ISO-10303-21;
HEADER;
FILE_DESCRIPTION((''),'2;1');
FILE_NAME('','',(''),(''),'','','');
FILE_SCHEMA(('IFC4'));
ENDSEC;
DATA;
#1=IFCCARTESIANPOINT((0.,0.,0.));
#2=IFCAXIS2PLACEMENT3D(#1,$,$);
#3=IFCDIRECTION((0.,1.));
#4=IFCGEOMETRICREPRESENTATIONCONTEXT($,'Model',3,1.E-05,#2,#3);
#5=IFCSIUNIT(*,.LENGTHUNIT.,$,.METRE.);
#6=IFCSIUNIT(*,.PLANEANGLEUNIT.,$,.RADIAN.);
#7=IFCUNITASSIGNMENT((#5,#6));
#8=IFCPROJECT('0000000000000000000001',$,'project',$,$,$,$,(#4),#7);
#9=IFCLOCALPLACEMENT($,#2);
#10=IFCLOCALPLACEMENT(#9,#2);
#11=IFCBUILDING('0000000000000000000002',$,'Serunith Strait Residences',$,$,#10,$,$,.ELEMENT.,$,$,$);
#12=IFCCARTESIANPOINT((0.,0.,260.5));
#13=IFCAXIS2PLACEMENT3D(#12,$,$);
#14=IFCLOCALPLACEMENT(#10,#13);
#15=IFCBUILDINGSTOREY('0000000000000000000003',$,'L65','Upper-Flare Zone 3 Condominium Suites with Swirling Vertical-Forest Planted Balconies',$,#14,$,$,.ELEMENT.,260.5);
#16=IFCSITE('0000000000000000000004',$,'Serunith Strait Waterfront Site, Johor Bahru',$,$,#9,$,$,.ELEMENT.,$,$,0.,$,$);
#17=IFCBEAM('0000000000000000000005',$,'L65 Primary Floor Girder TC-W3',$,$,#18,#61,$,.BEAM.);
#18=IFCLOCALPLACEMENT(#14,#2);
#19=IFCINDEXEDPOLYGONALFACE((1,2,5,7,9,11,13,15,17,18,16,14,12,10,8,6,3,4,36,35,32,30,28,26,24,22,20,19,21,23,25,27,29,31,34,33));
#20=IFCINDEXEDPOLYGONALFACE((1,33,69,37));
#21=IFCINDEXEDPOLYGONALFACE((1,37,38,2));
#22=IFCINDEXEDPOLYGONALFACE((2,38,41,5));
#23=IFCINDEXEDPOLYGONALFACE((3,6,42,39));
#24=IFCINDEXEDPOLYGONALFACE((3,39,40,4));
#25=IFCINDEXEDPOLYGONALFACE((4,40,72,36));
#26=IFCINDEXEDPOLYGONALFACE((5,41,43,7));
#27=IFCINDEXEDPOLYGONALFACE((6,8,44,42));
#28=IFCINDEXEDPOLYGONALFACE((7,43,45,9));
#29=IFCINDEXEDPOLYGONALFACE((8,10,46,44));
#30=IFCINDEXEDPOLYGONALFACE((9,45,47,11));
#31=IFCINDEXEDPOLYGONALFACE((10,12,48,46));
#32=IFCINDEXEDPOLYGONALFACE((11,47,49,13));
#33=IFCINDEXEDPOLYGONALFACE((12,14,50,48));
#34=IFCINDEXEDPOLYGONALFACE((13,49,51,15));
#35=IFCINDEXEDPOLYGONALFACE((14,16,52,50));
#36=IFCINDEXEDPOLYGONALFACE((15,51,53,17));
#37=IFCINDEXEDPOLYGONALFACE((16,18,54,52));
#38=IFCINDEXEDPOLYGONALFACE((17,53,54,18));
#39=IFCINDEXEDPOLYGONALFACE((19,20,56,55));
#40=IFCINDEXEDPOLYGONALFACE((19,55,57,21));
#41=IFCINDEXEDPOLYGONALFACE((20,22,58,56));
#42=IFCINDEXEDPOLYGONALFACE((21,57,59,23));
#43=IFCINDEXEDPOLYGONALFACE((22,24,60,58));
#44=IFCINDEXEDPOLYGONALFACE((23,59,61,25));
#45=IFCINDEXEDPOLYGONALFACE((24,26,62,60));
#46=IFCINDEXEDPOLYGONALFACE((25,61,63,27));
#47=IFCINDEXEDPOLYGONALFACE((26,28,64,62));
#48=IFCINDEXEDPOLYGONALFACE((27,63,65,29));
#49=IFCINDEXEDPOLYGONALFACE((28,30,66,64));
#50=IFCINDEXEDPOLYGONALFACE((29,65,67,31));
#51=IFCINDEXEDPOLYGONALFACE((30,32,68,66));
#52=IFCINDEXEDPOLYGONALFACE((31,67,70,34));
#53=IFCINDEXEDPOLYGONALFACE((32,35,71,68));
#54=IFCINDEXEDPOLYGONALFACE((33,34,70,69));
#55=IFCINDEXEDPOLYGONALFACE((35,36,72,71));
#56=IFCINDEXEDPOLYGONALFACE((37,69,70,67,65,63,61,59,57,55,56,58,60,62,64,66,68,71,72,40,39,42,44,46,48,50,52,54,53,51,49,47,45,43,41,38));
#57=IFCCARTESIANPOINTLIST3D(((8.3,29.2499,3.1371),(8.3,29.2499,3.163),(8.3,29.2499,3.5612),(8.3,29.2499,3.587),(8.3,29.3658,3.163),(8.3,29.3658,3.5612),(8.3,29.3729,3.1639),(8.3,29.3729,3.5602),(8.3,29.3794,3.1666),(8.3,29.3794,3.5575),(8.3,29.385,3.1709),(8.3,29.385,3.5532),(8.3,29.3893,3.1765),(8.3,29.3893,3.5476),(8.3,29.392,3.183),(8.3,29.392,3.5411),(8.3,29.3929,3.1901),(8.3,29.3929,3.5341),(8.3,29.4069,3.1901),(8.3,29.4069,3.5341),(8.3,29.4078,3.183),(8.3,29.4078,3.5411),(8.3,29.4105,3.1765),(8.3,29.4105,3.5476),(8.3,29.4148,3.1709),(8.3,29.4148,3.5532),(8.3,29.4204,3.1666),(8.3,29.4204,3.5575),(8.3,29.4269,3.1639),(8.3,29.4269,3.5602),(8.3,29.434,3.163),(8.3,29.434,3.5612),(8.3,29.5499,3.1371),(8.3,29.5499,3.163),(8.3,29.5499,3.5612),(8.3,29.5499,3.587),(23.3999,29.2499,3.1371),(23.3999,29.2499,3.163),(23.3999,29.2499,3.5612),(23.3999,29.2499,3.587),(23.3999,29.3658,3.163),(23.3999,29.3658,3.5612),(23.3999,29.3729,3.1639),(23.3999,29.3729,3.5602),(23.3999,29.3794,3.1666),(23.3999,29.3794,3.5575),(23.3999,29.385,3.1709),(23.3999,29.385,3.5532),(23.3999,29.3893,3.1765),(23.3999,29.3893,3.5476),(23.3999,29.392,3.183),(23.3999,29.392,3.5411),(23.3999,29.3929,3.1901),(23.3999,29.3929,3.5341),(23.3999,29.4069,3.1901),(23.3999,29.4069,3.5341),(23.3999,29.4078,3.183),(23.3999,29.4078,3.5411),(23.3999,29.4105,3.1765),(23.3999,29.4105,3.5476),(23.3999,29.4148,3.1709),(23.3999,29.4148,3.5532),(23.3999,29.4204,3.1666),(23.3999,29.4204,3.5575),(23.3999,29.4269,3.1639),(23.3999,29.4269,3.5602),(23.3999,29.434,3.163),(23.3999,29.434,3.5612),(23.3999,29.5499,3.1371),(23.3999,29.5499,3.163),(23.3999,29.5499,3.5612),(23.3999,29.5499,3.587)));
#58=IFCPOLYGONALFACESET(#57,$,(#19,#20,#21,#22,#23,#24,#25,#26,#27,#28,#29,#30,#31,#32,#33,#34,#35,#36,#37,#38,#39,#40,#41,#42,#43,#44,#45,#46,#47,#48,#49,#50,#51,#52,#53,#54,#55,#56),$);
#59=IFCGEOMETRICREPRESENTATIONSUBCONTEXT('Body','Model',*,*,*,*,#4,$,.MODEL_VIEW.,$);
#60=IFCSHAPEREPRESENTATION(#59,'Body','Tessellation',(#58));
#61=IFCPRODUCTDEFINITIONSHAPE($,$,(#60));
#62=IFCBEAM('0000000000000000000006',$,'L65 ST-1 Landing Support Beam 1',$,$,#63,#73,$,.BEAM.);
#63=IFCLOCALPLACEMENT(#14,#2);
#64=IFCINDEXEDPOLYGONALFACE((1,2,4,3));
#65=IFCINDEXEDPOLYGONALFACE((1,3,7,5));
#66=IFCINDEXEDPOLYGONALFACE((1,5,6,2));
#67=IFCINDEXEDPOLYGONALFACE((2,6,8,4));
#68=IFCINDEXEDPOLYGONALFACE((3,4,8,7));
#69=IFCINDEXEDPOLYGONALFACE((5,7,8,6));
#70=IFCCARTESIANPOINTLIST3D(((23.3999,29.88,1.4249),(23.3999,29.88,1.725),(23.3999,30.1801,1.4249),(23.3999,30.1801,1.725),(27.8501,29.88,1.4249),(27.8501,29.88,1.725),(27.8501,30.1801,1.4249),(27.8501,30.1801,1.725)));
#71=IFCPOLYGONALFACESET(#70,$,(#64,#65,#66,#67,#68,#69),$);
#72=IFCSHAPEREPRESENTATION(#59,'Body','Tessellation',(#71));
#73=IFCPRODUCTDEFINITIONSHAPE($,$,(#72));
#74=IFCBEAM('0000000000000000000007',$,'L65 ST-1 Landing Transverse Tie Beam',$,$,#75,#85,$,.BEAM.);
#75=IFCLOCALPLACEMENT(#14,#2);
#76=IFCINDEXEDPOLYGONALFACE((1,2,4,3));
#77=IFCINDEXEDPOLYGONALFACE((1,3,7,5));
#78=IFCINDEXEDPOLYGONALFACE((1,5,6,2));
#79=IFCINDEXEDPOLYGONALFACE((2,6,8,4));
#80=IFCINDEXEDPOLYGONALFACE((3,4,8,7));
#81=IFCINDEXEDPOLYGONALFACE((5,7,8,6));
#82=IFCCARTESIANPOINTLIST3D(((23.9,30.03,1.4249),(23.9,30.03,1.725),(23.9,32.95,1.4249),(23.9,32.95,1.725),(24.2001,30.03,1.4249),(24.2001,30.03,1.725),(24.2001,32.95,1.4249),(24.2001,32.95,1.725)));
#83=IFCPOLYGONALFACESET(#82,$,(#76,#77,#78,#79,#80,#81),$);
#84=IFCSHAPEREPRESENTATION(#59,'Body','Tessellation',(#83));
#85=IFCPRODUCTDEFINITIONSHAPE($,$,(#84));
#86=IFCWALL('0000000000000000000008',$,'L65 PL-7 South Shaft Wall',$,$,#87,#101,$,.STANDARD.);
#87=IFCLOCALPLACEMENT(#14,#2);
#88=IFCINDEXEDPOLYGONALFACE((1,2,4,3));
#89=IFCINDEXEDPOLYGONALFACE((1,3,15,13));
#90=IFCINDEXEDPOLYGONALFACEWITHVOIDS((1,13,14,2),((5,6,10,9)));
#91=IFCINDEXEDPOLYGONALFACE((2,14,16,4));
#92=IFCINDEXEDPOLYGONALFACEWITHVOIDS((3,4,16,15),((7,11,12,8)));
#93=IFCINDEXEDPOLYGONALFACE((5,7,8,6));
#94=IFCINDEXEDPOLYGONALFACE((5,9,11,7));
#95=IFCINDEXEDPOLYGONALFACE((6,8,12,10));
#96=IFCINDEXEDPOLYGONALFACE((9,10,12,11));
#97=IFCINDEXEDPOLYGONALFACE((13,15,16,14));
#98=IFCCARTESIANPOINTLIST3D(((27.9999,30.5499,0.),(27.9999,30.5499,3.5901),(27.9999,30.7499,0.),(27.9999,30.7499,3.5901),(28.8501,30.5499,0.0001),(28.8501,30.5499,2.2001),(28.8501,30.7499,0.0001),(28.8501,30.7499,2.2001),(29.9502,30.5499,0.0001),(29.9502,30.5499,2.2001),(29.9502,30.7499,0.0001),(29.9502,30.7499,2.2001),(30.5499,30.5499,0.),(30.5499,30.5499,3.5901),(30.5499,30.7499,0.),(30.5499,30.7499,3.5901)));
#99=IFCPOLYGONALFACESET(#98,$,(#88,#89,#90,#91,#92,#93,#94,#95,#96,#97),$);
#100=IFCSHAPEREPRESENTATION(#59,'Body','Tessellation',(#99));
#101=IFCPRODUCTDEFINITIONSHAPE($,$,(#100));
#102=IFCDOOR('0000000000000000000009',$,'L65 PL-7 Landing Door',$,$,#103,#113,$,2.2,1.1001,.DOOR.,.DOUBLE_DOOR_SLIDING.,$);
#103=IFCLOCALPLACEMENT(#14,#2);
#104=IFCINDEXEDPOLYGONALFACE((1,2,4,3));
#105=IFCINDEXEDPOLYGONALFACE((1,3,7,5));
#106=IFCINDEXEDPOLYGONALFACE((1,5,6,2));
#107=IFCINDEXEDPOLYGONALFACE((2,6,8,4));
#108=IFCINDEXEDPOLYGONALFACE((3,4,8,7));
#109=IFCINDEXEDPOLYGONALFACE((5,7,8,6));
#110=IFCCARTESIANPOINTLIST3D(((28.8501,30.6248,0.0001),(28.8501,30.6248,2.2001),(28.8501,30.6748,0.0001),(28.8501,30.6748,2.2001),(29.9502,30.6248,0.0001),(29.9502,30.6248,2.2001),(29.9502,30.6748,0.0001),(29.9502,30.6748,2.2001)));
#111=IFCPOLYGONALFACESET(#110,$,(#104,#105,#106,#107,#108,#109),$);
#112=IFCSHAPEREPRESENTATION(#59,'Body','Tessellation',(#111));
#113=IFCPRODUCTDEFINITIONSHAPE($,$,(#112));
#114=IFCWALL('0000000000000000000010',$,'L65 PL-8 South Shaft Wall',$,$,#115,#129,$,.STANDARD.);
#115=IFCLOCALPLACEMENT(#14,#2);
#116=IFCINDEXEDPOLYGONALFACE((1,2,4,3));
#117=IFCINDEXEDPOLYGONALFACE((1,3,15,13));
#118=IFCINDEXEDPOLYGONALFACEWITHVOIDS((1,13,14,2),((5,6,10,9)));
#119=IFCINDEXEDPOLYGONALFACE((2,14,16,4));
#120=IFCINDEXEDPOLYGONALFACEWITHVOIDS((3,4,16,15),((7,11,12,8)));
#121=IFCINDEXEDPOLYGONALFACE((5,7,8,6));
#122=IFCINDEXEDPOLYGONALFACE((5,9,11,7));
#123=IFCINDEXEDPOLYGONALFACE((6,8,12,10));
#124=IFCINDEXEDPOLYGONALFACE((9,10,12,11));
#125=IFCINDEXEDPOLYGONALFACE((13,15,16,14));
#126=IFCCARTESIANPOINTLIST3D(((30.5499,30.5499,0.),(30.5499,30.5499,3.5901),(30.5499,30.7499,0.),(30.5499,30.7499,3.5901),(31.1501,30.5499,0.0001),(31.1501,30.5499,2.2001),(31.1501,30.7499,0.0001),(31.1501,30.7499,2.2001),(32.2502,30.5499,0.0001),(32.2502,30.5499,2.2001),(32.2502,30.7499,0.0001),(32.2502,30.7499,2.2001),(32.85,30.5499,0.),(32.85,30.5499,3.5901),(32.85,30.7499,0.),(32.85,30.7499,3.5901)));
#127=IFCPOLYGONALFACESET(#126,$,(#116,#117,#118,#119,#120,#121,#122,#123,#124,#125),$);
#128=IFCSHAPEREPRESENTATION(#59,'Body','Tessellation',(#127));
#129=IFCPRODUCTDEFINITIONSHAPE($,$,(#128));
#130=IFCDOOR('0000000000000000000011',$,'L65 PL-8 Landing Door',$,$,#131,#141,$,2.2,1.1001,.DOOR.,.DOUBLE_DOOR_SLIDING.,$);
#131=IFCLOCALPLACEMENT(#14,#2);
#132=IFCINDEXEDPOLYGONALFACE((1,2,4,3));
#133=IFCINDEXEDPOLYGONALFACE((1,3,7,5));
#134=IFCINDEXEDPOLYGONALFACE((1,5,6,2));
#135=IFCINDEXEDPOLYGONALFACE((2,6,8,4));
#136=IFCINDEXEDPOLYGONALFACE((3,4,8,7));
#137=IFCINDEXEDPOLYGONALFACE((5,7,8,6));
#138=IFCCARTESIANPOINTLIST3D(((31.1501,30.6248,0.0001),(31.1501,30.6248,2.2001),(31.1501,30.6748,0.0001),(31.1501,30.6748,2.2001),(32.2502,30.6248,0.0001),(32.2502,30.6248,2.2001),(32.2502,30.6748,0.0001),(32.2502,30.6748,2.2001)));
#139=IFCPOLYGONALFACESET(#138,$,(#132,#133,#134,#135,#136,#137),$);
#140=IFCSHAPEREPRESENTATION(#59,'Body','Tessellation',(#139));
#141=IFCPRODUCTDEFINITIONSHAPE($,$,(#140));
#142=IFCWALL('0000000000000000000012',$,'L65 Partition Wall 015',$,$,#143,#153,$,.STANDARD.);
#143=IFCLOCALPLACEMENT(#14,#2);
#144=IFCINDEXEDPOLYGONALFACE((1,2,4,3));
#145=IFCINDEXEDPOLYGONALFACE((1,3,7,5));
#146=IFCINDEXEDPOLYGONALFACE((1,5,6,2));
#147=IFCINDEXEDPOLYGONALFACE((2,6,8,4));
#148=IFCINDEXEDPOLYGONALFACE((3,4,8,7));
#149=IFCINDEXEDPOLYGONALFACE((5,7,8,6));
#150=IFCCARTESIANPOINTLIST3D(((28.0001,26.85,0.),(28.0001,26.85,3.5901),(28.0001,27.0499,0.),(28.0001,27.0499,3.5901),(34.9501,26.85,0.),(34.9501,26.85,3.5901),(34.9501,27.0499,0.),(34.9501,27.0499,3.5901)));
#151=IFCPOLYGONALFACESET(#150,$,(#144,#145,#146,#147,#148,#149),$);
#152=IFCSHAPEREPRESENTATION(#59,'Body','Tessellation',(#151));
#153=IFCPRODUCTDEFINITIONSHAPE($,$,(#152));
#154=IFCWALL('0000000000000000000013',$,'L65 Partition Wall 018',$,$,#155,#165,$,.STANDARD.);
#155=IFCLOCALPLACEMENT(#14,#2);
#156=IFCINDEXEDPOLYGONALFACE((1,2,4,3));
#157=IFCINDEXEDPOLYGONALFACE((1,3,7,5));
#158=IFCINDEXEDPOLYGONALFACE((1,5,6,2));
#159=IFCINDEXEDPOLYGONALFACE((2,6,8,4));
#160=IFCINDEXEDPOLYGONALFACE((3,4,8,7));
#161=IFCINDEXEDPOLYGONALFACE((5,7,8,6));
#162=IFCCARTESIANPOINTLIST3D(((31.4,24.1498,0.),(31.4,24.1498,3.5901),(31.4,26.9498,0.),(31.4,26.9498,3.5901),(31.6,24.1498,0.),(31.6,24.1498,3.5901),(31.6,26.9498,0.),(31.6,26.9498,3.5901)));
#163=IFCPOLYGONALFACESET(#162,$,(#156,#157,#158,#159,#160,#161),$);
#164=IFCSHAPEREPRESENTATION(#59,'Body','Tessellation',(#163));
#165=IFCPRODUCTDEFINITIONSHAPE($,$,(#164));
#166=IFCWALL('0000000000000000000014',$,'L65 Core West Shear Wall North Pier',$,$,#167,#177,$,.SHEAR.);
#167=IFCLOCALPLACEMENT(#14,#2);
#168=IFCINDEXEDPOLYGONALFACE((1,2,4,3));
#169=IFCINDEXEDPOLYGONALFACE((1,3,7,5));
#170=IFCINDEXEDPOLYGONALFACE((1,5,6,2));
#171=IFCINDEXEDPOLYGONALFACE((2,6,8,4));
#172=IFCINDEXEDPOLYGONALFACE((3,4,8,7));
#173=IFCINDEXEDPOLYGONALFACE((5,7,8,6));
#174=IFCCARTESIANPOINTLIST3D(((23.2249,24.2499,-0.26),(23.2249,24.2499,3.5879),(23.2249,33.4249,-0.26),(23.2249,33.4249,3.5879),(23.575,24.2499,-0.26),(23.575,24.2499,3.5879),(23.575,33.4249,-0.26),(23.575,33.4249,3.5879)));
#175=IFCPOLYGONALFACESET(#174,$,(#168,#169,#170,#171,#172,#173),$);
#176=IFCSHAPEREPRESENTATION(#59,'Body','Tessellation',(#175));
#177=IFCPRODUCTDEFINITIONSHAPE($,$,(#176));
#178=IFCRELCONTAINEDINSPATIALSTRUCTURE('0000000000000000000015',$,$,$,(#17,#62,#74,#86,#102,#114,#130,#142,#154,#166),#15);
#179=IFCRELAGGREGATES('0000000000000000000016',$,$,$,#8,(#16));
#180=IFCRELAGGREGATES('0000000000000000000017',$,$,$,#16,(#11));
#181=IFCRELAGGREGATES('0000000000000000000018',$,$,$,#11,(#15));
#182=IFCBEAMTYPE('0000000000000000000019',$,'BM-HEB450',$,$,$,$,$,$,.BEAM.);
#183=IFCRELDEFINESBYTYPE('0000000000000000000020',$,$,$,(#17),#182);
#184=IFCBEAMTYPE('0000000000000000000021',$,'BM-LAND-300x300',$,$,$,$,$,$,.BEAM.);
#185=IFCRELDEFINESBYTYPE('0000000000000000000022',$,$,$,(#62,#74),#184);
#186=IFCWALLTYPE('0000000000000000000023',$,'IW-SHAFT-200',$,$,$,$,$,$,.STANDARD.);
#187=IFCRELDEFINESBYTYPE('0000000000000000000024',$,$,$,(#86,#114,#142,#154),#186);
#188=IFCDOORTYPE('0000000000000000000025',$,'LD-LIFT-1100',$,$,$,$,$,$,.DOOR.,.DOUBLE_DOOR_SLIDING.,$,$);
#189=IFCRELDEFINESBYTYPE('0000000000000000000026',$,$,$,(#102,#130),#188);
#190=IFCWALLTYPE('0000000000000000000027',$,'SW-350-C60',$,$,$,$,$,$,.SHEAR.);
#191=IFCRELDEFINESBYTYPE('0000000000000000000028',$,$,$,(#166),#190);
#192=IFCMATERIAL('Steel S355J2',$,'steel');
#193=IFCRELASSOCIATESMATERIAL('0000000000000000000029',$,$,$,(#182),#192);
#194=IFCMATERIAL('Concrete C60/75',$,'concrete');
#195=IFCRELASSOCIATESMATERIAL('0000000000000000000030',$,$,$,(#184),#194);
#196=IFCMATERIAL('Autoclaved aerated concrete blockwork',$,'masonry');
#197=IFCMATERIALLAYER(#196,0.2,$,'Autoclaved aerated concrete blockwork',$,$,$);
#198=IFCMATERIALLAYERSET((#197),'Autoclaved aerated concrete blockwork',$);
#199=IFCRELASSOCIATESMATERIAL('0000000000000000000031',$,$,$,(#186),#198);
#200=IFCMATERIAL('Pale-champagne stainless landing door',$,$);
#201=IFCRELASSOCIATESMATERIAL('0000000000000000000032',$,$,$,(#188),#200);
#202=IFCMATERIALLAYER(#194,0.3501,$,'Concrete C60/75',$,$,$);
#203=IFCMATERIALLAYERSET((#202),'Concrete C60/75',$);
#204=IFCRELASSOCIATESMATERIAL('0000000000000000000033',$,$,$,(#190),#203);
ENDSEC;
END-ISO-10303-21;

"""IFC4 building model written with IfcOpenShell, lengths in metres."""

from ifc_helpers import new_model, si_unit, direction, frame, frame_2d, origin, origin_2d, place, context, subcontext, project, spatial, rectangle, i_section, extrude, source, transform, mapped, material, layer, layer_set, material_profile, profile_set, type_object, element, fill, save


model = new_model("IFC4")

# Units and contexts
model_context = context("Model", 3, precision=1e-05, world=origin(), true_north=direction((0.0, 1.0)))
body_context = subcontext(model_context, "Body", "Model", "MODEL_VIEW")
ifc_project = project(units=[si_unit("LENGTHUNIT", "METRE"), si_unit("PLANEANGLEUNIT", "RADIAN")], contexts=[model_context])

# Site, building, storey
site_placement = place(None, origin())
site = spatial("IfcSite", under=ifc_project, at=site_placement, Name="Serunith Strait Waterfront Site, Johor Bahru", CompositionType="ELEMENT", RefElevation=0.0)
building_placement = place(site_placement, origin())
building = spatial("IfcBuilding", under=site, at=building_placement, Name="Serunith Strait Residences", CompositionType="ELEMENT")
storey_placement = place(building_placement, frame((0.0, 0.0, 260.5)))
storey = spatial("IfcBuildingStorey", under=building, at=storey_placement, Name="L65", Description="Upper-Flare Zone 3 Condominium Suites with Swirling Vertical-Forest Planted Balconies", CompositionType="ELEMENT", Elevation=260.5)

# Beams
ifc_material_1 = material(Name="Steel S355J2", Category="steel")
ifc_material_profile_1 = material_profile(ifc_material_1, i_section(OverallWidth=0.3, OverallDepth=0.45, WebThickness=0.0139, FlangeThickness=0.0259, FilletRadius=0.0271, at=origin_2d()), Name="HEB 450")
ifc_profile_set_1 = profile_set([ifc_material_profile_1], Name="Steel S355J2")
beam_type_1 = type_object("IfcBeamType", Name="BM-HEB450", PredefinedType="BEAM", material=ifc_profile_set_1)
shared_shape_1 = source(origin(), body_context, "Body", "SweptSolid", [
    extrude(i_section(OverallWidth=0.3, OverallDepth=0.45, WebThickness=0.0139, FlangeThickness=0.0259, FilletRadius=0.0271, at=origin_2d()), origin(), (0.0, 0.0, 1.0), 15.0999),
])
beam_1_placement = place(storey_placement, frame((23.3999, 29.3999, 3.3621), z_axis=(-1.0, 0.0, 0.0), x_axis=(0.0, -1.0, 0.0)))
element("IfcBeam", 1, at=beam_1_placement, inside=storey, type_object=beam_type_1, Name="L65 Primary Floor Girder TC-W3", PredefinedType="BEAM", context=body_context, shape_type="MappedRepresentation", body=[
    mapped(shared_shape_1, transform((0.0, 0.0, 0.0), scale=1.0)),
])
ifc_material_2 = material(Name="Concrete C60/75", Category="concrete")
ifc_material_profile_2 = material_profile(ifc_material_2, rectangle(XDim=0.3, YDim=0.3, at=origin_2d()), Name="RC 300x300")
ifc_profile_set_2 = profile_set([ifc_material_profile_2], Name="Concrete C60/75")
beam_type_2 = type_object("IfcBeamType", Name="BM-LAND-300x300", PredefinedType="BEAM", material=ifc_profile_set_2)
shared_shape_2 = source(origin(), body_context, "Body", "SweptSolid", [
    extrude(rectangle(XDim=0.3, YDim=0.3, at=origin_2d()), origin(), (0.0, 0.0, 1.0), 4.4502),
])
beam_2_placement = place(storey_placement, frame((23.3999, 30.03, 1.575), z_axis=(1.0, 0.0, 0.0), x_axis=(0.0, 1.0, 0.0)))
element("IfcBeam", 2, at=beam_2_placement, inside=storey, type_object=beam_type_2, Name="L65 ST-1 Landing Support Beam 1", PredefinedType="BEAM", context=body_context, shape_type="MappedRepresentation", body=[
    mapped(shared_shape_2, transform((0.0, 0.0, 0.0), scale=1.0)),
])
shared_shape_3 = source(origin(), body_context, "Body", "SweptSolid", [
    extrude(rectangle(XDim=0.3, YDim=0.3, at=origin_2d()), origin(), (0.0, 0.0, 1.0), 2.9199),
])
beam_3_placement = place(storey_placement, frame((24.05, 30.03, 1.575), z_axis=(0.0, 1.0, 0.0), x_axis=(-1.0, 0.0, 0.0)))
element("IfcBeam", 3, at=beam_3_placement, inside=storey, type_object=beam_type_2, Name="L65 ST-1 Landing Transverse Tie Beam", PredefinedType="BEAM", context=body_context, shape_type="MappedRepresentation", body=[
    mapped(shared_shape_3, transform((0.0, 0.0, 0.0), scale=1.0)),
])

# Walls, openings, doors
ifc_material_3 = material(Name="Autoclaved aerated concrete blockwork", Category="masonry")
ifc_layer_1 = layer(ifc_material_3, 0.2, Name="Autoclaved aerated concrete blockwork")
ifc_layer_set_1 = layer_set([ifc_layer_1], Name="Autoclaved aerated concrete blockwork")
wall_type_1 = type_object("IfcWallType", Name="IW-SHAFT-200", PredefinedType="STANDARD", material=ifc_layer_set_1)
wall_1_placement = place(storey_placement, frame((28.0, 30.6499, 0.0), z_axis=(0.0, 0.0, 1.0), x_axis=(1.0, 0.0, 0.0)))
wall_1 = element("IfcWall", 4, at=wall_1_placement, inside=storey, type_object=wall_type_1, Name="L65 PL-7 South Shaft Wall", PredefinedType="STANDARD", context=body_context, shape_type="SweptSolid", body=[
    extrude(rectangle(XDim=2.55, YDim=0.2, at=frame_2d((1.2749, 0.0))), origin(), (0.0, 0.0, 1.0), 3.5901),
])
opening_1_placement = place(wall_1_placement, frame((0.8501, 0.0, 0.0)))
opening_1 = element("IfcOpeningElement", 5, at=opening_1_placement, cuts=wall_1, PredefinedType="OPENING", context=body_context, shape_type="SweptSolid", body=[
    extrude(rectangle(XDim=1.1001, YDim=2.2, at=frame_2d((0.55, 1.1001))), frame((0.0, 0.1099, 0.0), z_axis=(0.0, -1.0, 0.0), x_axis=(1.0, 0.0, 0.0)), (0.0, 0.0, 1.0), 0.22),
])
ifc_material_4 = material(Name="Pale-champagne stainless landing door")
door_type_1 = type_object("IfcDoorType", Name="LD-LIFT-1100", OperationType="DOUBLE_DOOR_SLIDING", PredefinedType="DOOR", material=ifc_material_4)
shared_shape_4 = source(origin(), body_context, "Body", "SweptSolid", [
    extrude(rectangle(XDim=1.1001, YDim=2.2, at=frame_2d((0.55, 1.1001))), frame((0.0, 0.0249, 0.0), z_axis=(0.0, -1.0, 0.0), x_axis=(1.0, 0.0, 0.0)), (0.0, 0.0, 1.0), 0.05),
])
door_1_placement = place(opening_1_placement, origin())
door_1 = element("IfcDoor", 6, at=door_1_placement, inside=storey, type_object=door_type_1, Name="L65 PL-7 Landing Door", OperationType="DOUBLE_DOOR_SLIDING", OverallHeight=2.2, OverallWidth=1.1001, PredefinedType="DOOR", context=body_context, shape_type="MappedRepresentation", body=[
    mapped(shared_shape_4, transform((0.0, 0.0, 0.0), scale=1.0)),
])
fill(opening_1, door_1)
wall_2_placement = place(storey_placement, frame((30.55, 30.6499, 0.0), z_axis=(0.0, 0.0, 1.0), x_axis=(1.0, 0.0, 0.0)))
wall_2 = element("IfcWall", 7, at=wall_2_placement, inside=storey, type_object=wall_type_1, Name="L65 PL-8 South Shaft Wall", PredefinedType="STANDARD", context=body_context, shape_type="SweptSolid", body=[
    extrude(rectangle(XDim=2.3, YDim=0.2, at=frame_2d((1.1499, 0.0))), origin(), (0.0, 0.0, 1.0), 3.5901),
])
opening_2_placement = place(wall_2_placement, frame((0.6001, 0.0, 0.0)))
opening_2 = element("IfcOpeningElement", 8, at=opening_2_placement, cuts=wall_2, PredefinedType="OPENING", context=body_context, shape_type="SweptSolid", body=[
    extrude(rectangle(XDim=1.1001, YDim=2.2, at=frame_2d((0.55, 1.1001))), frame((0.0, 0.1099, 0.0), z_axis=(0.0, -1.0, 0.0), x_axis=(1.0, 0.0, 0.0)), (0.0, 0.0, 1.0), 0.22),
])
door_2_placement = place(opening_2_placement, origin())
door_2 = element("IfcDoor", 9, at=door_2_placement, inside=storey, type_object=door_type_1, Name="L65 PL-8 Landing Door", OperationType="DOUBLE_DOOR_SLIDING", OverallHeight=2.2, OverallWidth=1.1001, PredefinedType="DOOR", context=body_context, shape_type="MappedRepresentation", body=[
    mapped(shared_shape_4, transform((0.0, 0.0, 0.0), scale=1.0)),
])
fill(opening_2, door_2)

# Walls
wall_3_placement = place(storey_placement, frame((28.0, 26.95, 0.0), z_axis=(0.0, 0.0, 1.0), x_axis=(1.0, 0.0, 0.0)))
element("IfcWall", 10, at=wall_3_placement, inside=storey, type_object=wall_type_1, Name="L65 Partition Wall 015", PredefinedType="STANDARD", context=body_context, shape_type="SweptSolid", body=[
    extrude(rectangle(XDim=6.95, YDim=0.2, at=frame_2d((3.4751, 0.0))), origin(), (0.0, 0.0, 1.0), 3.5901),
])
wall_4_placement = place(storey_placement, frame((31.5, 24.1499, 0.0), z_axis=(0.0, 0.0, 1.0), x_axis=(0.0, 1.0, 0.0)))
element("IfcWall", 11, at=wall_4_placement, inside=storey, type_object=wall_type_1, Name="L65 Partition Wall 018", PredefinedType="STANDARD", context=body_context, shape_type="SweptSolid", body=[
    extrude(rectangle(XDim=2.8, YDim=0.2, at=frame_2d((1.3999, 0.0))), origin(), (0.0, 0.0, 1.0), 3.5901),
])
ifc_layer_2 = layer(ifc_material_2, 0.3501, Name="Concrete C60/75")
ifc_layer_set_2 = layer_set([ifc_layer_2], Name="Concrete C60/75")
wall_type_2 = type_object("IfcWallType", Name="SW-350-C60", PredefinedType="SHEAR", material=ifc_layer_set_2)
wall_5_placement = place(storey_placement, frame((23.3999, 24.25, -0.26), z_axis=(0.0, 0.0, 1.0), x_axis=(0.0, 1.0, 0.0)))
element("IfcWall", 12, at=wall_5_placement, inside=storey, type_object=wall_type_2, Name="L65 Core West Shear Wall North Pier", PredefinedType="SHEAR", context=body_context, shape_type="SweptSolid", body=[
    extrude(rectangle(XDim=9.175, YDim=0.3501, at=frame_2d((4.5874, 0.0))), origin(), (0.0, 0.0, 1.0), 3.8479),
])

save(model, "model.ifc")
